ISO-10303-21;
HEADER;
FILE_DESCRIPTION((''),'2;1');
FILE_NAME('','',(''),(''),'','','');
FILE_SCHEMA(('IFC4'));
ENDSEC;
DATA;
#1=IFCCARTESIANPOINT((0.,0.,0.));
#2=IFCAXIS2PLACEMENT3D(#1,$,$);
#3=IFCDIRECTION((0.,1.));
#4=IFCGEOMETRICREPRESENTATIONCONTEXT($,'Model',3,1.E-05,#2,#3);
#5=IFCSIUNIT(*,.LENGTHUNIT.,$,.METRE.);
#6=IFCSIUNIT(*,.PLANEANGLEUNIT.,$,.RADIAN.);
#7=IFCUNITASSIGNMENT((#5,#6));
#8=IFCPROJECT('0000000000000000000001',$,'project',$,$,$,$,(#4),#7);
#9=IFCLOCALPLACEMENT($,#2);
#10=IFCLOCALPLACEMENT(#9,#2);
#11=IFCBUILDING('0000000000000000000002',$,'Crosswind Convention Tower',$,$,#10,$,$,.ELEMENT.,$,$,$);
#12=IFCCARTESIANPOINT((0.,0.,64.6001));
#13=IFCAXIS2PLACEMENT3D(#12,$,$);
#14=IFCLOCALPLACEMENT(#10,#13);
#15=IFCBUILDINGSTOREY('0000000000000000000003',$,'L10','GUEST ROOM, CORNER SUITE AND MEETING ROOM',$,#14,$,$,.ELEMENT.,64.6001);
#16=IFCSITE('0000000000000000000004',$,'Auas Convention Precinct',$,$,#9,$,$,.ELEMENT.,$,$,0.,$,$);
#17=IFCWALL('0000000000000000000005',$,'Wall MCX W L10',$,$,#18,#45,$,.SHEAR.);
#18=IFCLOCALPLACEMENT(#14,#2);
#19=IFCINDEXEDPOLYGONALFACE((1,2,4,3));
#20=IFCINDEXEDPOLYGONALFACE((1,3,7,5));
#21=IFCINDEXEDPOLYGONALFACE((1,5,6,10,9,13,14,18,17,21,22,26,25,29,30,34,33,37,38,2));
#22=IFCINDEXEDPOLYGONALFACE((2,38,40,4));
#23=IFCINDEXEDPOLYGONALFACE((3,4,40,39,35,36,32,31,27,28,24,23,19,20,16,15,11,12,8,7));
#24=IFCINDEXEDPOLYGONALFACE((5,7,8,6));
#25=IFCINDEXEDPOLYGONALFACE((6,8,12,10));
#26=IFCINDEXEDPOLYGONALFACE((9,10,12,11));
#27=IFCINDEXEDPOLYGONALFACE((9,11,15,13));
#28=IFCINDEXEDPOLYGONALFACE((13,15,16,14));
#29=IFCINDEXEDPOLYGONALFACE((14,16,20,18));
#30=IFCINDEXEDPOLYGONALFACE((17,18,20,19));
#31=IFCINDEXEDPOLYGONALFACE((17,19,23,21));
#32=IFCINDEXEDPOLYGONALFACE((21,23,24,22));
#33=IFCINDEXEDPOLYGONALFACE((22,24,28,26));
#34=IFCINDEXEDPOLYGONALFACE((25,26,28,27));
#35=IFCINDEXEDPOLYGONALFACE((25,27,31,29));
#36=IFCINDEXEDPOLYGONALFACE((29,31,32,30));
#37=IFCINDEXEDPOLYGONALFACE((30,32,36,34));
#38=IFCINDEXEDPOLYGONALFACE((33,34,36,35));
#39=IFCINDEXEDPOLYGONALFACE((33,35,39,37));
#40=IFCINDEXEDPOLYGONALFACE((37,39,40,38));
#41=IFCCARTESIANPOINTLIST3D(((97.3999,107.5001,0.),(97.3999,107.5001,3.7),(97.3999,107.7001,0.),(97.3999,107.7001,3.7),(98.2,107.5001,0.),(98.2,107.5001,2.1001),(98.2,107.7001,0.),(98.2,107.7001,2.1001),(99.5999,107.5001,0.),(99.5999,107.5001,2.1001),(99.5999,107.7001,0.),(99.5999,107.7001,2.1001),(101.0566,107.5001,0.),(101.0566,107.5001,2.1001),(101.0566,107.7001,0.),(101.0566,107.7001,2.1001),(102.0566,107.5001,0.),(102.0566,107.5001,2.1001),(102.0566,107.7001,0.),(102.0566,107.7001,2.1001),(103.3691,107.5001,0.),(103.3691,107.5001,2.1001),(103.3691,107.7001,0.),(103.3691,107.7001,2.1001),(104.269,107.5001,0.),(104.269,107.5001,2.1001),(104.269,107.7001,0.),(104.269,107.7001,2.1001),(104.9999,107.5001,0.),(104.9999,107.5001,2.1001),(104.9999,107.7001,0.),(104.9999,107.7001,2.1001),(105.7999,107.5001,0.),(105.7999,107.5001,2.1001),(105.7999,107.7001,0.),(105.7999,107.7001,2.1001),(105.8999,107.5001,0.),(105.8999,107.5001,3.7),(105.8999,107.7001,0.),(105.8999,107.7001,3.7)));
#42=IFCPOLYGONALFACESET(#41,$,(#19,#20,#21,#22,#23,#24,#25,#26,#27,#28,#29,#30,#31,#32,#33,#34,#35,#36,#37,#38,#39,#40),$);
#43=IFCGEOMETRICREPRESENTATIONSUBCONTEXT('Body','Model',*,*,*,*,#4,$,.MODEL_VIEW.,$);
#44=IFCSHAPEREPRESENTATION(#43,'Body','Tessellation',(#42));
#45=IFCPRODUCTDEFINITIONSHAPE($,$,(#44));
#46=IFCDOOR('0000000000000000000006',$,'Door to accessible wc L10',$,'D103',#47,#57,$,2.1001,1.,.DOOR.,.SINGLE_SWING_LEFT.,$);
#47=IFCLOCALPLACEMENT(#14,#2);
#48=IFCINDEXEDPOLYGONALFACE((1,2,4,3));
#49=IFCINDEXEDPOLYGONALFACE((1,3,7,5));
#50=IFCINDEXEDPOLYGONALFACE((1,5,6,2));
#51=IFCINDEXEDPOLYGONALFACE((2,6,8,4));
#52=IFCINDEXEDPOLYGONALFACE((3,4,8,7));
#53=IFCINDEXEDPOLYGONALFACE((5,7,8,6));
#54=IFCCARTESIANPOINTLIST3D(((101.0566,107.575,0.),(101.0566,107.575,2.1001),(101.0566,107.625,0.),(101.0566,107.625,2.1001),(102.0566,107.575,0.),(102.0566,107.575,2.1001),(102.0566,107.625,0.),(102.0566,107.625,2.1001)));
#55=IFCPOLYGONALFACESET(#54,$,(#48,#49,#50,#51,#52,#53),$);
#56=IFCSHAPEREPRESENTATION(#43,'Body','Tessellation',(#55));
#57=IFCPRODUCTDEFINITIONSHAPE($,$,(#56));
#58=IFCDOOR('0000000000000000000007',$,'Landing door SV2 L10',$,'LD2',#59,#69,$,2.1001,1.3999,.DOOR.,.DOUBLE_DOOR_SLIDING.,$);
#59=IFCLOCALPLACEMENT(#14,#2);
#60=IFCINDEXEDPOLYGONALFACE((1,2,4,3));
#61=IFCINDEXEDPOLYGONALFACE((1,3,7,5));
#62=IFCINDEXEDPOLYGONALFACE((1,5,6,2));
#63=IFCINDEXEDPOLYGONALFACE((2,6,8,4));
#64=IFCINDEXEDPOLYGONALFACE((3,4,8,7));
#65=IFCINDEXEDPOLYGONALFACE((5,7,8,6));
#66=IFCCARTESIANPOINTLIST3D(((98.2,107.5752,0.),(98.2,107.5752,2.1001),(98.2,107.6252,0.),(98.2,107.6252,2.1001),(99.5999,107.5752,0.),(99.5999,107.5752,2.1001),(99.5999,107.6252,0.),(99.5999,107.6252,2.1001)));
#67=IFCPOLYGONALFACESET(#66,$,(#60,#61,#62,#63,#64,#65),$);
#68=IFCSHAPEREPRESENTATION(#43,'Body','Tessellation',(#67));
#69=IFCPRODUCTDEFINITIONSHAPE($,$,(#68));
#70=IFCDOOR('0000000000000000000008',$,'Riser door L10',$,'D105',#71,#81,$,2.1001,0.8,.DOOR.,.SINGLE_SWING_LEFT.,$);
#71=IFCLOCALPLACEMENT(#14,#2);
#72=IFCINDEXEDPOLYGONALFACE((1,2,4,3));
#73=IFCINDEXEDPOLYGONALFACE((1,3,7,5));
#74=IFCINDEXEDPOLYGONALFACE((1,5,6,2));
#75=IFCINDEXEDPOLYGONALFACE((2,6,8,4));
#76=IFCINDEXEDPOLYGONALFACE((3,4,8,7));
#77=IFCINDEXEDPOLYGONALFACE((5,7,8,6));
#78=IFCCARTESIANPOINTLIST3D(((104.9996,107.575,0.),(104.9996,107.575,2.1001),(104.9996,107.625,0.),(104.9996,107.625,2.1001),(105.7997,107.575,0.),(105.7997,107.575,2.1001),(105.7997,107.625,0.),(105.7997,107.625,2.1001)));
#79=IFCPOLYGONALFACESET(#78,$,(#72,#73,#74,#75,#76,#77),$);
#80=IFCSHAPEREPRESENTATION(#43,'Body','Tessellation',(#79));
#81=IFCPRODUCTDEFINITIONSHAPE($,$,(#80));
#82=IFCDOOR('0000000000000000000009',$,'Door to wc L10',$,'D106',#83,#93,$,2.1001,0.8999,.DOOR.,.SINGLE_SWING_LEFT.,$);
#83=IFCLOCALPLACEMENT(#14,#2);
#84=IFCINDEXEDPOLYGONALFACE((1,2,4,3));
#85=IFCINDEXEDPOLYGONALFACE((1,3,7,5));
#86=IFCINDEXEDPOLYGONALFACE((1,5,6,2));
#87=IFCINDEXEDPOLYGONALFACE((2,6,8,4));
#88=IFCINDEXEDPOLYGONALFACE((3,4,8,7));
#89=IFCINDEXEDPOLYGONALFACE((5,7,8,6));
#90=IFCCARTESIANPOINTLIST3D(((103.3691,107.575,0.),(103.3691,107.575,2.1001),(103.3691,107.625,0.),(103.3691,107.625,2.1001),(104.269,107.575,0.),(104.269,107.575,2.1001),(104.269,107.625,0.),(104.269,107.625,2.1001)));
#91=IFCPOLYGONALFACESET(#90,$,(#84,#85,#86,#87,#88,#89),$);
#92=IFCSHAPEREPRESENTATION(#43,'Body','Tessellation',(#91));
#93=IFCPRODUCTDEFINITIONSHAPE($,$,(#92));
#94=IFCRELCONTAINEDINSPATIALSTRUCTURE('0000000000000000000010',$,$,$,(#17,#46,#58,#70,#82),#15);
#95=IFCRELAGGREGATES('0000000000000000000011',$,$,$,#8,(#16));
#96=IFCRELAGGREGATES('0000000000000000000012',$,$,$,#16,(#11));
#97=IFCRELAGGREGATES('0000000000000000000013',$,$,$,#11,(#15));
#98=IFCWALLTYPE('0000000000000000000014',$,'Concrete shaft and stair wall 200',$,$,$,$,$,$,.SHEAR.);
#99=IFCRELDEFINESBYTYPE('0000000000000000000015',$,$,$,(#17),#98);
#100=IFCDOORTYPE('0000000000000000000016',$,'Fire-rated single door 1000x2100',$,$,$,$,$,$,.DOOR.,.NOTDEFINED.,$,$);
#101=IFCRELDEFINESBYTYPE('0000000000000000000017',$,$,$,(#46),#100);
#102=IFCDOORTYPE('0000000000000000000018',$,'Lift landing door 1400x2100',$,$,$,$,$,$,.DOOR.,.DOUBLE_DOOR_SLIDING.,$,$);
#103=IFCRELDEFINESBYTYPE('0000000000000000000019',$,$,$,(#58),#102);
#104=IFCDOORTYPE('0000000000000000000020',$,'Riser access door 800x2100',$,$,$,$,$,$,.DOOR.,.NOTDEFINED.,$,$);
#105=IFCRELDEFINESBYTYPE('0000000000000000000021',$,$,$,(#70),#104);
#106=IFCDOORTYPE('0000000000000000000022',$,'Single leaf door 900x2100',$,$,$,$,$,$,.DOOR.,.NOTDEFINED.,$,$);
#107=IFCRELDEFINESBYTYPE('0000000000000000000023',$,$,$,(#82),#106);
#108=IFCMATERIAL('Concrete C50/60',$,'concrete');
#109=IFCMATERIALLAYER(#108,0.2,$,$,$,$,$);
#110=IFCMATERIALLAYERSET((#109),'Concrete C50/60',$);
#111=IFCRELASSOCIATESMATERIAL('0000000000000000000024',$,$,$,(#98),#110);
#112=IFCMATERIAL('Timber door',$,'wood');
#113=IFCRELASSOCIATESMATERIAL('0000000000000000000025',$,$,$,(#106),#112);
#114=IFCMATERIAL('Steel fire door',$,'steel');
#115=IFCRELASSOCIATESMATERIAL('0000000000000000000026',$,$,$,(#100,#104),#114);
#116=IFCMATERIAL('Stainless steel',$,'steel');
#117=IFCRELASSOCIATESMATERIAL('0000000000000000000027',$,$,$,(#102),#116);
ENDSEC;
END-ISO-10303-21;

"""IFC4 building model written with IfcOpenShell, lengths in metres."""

from ifc_helpers import new_model, si_unit, direction, frame, frame_2d, origin, place, context, subcontext, project, spatial, rectangle, extrude, material, layer, layer_set, type_object, element, fill, save


model = new_model("IFC4")

# Units and contexts
model_context = context("Model", 3, precision=1e-05, world=origin(), true_north=direction((0.0, 1.0)))
body_context = subcontext(model_context, "Body", "Model", "MODEL_VIEW")
ifc_project = project(units=[si_unit("LENGTHUNIT", "METRE"), si_unit("PLANEANGLEUNIT", "RADIAN")], contexts=[model_context])

# Site, building, storey
site_placement = place(None, origin())
site = spatial("IfcSite", under=ifc_project, at=site_placement, Name="Auas Convention Precinct", CompositionType="ELEMENT", RefElevation=0.0)
building_placement = place(site_placement, origin())
building = spatial("IfcBuilding", under=site, at=building_placement, Name="Crosswind Convention Tower", CompositionType="ELEMENT")
storey_placement = place(building_placement, frame((0.0, 0.0, 64.6001)))
storey = spatial("IfcBuildingStorey", under=building, at=storey_placement, Name="L10", Description="GUEST ROOM, CORNER SUITE AND MEETING ROOM", CompositionType="ELEMENT", Elevation=64.6001)

# Shared definitions
ifc_material_1 = material(Name="Concrete C50/60", Category="concrete")

# Shared definitions
ifc_layer_1 = layer(ifc_material_1, 0.2)
ifc_layer_set_1 = layer_set([ifc_layer_1], Name="Concrete C50/60")
wall_type_1 = type_object("IfcWallType", Name="Concrete shaft and stair wall 200", PredefinedType="SHEAR", material=ifc_layer_set_1)

# Shared definitions
ifc_material_2 = material(Name="Timber door", Category="wood")
door_type_1 = type_object("IfcDoorType", Name="Single leaf door 900x2100", OperationType="NOTDEFINED", PredefinedType="DOOR", material=ifc_material_2)

# Shared definitions
ifc_material_3 = material(Name="Steel fire door", Category="steel")

# Wall, openings, doors
wall_1_placement = place(storey_placement, frame((105.8999, 107.6001, 0.0), z_axis=(0.0, 0.0, 1.0), x_axis=(-1.0, 0.0, 0.0)))
wall_1 = element("IfcWall", 1, at=wall_1_placement, inside=storey, type_object=wall_type_1, Name="Wall MCX W L10", PredefinedType="SHEAR", context=body_context, shape_type="SweptSolid", body=[
    extrude(rectangle(XDim=8.5, YDim=0.2, at=frame_2d((4.25, 0.0))), origin(), (0.0, 0.0, 1.0), 3.7),
])
opening_1_placement = place(wall_1_placement, frame((0.1001, 0.0, 0.0)))
opening_1 = element("IfcOpeningElement", 2, at=opening_1_placement, cuts=wall_1, PredefinedType="OPENING", context=body_context, shape_type="SweptSolid", body=[
    extrude(rectangle(XDim=0.8, YDim=2.1001, at=frame_2d((0.3999, 1.05))), frame((0.0, 0.1099, 0.0), z_axis=(0.0, -1.0, 0.0), x_axis=(1.0, 0.0, 0.0)), (0.0, 0.0, 1.0), 0.22),
])
opening_2_placement = place(wall_1_placement, frame((1.6309, 0.0, 0.0)))
opening_2 = element("IfcOpeningElement", 3, at=opening_2_placement, cuts=wall_1, PredefinedType="OPENING", context=body_context, shape_type="SweptSolid", body=[
    extrude(rectangle(XDim=0.8999, YDim=2.1001, at=frame_2d((0.45, 1.05))), frame((0.0, 0.1099, 0.0), z_axis=(0.0, -1.0, 0.0), x_axis=(1.0, 0.0, 0.0)), (0.0, 0.0, 1.0), 0.22),
])
opening_3_placement = place(wall_1_placement, frame((3.8433, 0.0, 0.0)))
opening_3 = element("IfcOpeningElement", 4, at=opening_3_placement, cuts=wall_1, PredefinedType="OPENING", context=body_context, shape_type="SweptSolid", body=[
    extrude(rectangle(XDim=1.0, YDim=2.1001, at=frame_2d((0.5, 1.05))), frame((0.0, 0.1099, 0.0), z_axis=(0.0, -1.0, 0.0), x_axis=(1.0, 0.0, 0.0)), (0.0, 0.0, 1.0), 0.22),
])
opening_4_placement = place(wall_1_placement, frame((6.3, 0.0, 0.0)))
opening_4 = element("IfcOpeningElement", 5, at=opening_4_placement, cuts=wall_1, PredefinedType="OPENING", context=body_context, shape_type="SweptSolid", body=[
    extrude(rectangle(XDim=1.3999, YDim=2.1001, at=frame_2d((0.7, 1.05))), frame((0.0, 0.1099, 0.0), z_axis=(0.0, -1.0, 0.0), x_axis=(1.0, 0.0, 0.0)), (0.0, 0.0, 1.0), 0.22),
])
door_type_2 = type_object("IfcDoorType", Name="Fire-rated single door 1000x2100", OperationType="NOTDEFINED", PredefinedType="DOOR", material=ifc_material_3)
door_1_placement = place(opening_3_placement, frame((1.0, 0.0, 0.0), z_axis=(0.0, 0.0, 1.0), x_axis=(-1.0, 0.0, 0.0)))
door_1 = element("IfcDoor", 6, at=door_1_placement, inside=storey, type_object=door_type_2, Name="Door to accessible wc L10", ObjectType="D103", OperationType="SINGLE_SWING_LEFT", OverallHeight=2.1001, OverallWidth=1.0, PredefinedType="DOOR", context=body_context, shape_type="SweptSolid", body=[
    extrude(rectangle(XDim=1.0, YDim=2.1001, at=frame_2d((0.5, 1.05))), frame((0.0, 0.0249, 0.0), z_axis=(0.0, -1.0, 0.0), x_axis=(1.0, 0.0, 0.0)), (0.0, 0.0, 1.0), 0.05),
])
fill(opening_3, door_1)
ifc_material_4 = material(Name="Stainless steel", Category="steel")
door_type_3 = type_object("IfcDoorType", Name="Lift landing door 1400x2100", OperationType="DOUBLE_DOOR_SLIDING", PredefinedType="DOOR", material=ifc_material_4)
door_2_placement = place(opening_4_placement, origin())
door_2 = element("IfcDoor", 7, at=door_2_placement, inside=storey, type_object=door_type_3, Name="Landing door SV2 L10", ObjectType="LD2", OperationType="DOUBLE_DOOR_SLIDING", OverallHeight=2.1001, OverallWidth=1.3999, PredefinedType="DOOR", context=body_context, shape_type="SweptSolid", body=[
    extrude(rectangle(XDim=1.3999, YDim=2.1001, at=frame_2d((0.7, 1.05))), frame((0.0, 0.0249, 0.0), z_axis=(0.0, -1.0, 0.0), x_axis=(1.0, 0.0, 0.0)), (0.0, 0.0, 1.0), 0.05),
])
fill(opening_4, door_2)
door_type_4 = type_object("IfcDoorType", Name="Riser access door 800x2100", OperationType="NOTDEFINED", PredefinedType="DOOR", material=ifc_material_3)
door_3_placement = place(opening_1_placement, frame((0.8, 0.0, 0.0), z_axis=(0.0, 0.0, 1.0), x_axis=(-1.0, 0.0, 0.0)))
door_3 = element("IfcDoor", 8, at=door_3_placement, inside=storey, type_object=door_type_4, Name="Riser door L10", ObjectType="D105", OperationType="SINGLE_SWING_LEFT", OverallHeight=2.1001, OverallWidth=0.8, PredefinedType="DOOR", context=body_context, shape_type="SweptSolid", body=[
    extrude(rectangle(XDim=0.8, YDim=2.1001, at=frame_2d((0.3999, 1.05))), frame((0.0, 0.0249, 0.0), z_axis=(0.0, -1.0, 0.0), x_axis=(1.0, 0.0, 0.0)), (0.0, 0.0, 1.0), 0.05),
])
fill(opening_1, door_3)
door_4_placement = place(opening_2_placement, frame((0.8999, 0.0, 0.0), z_axis=(0.0, 0.0, 1.0), x_axis=(-1.0, 0.0, 0.0)))
door_4 = element("IfcDoor", 9, at=door_4_placement, inside=storey, type_object=door_type_1, Name="Door to wc L10", ObjectType="D106", OperationType="SINGLE_SWING_LEFT", OverallHeight=2.1001, OverallWidth=0.8999, PredefinedType="DOOR", context=body_context, shape_type="SweptSolid", body=[
    extrude(rectangle(XDim=0.8999, YDim=2.1001, at=frame_2d((0.45, 1.05))), frame((0.0, 0.0249, 0.0), z_axis=(0.0, -1.0, 0.0), x_axis=(1.0, 0.0, 0.0)), (0.0, 0.0, 1.0), 0.05),
])
fill(opening_2, door_4)

save(model, "model.ifc")
